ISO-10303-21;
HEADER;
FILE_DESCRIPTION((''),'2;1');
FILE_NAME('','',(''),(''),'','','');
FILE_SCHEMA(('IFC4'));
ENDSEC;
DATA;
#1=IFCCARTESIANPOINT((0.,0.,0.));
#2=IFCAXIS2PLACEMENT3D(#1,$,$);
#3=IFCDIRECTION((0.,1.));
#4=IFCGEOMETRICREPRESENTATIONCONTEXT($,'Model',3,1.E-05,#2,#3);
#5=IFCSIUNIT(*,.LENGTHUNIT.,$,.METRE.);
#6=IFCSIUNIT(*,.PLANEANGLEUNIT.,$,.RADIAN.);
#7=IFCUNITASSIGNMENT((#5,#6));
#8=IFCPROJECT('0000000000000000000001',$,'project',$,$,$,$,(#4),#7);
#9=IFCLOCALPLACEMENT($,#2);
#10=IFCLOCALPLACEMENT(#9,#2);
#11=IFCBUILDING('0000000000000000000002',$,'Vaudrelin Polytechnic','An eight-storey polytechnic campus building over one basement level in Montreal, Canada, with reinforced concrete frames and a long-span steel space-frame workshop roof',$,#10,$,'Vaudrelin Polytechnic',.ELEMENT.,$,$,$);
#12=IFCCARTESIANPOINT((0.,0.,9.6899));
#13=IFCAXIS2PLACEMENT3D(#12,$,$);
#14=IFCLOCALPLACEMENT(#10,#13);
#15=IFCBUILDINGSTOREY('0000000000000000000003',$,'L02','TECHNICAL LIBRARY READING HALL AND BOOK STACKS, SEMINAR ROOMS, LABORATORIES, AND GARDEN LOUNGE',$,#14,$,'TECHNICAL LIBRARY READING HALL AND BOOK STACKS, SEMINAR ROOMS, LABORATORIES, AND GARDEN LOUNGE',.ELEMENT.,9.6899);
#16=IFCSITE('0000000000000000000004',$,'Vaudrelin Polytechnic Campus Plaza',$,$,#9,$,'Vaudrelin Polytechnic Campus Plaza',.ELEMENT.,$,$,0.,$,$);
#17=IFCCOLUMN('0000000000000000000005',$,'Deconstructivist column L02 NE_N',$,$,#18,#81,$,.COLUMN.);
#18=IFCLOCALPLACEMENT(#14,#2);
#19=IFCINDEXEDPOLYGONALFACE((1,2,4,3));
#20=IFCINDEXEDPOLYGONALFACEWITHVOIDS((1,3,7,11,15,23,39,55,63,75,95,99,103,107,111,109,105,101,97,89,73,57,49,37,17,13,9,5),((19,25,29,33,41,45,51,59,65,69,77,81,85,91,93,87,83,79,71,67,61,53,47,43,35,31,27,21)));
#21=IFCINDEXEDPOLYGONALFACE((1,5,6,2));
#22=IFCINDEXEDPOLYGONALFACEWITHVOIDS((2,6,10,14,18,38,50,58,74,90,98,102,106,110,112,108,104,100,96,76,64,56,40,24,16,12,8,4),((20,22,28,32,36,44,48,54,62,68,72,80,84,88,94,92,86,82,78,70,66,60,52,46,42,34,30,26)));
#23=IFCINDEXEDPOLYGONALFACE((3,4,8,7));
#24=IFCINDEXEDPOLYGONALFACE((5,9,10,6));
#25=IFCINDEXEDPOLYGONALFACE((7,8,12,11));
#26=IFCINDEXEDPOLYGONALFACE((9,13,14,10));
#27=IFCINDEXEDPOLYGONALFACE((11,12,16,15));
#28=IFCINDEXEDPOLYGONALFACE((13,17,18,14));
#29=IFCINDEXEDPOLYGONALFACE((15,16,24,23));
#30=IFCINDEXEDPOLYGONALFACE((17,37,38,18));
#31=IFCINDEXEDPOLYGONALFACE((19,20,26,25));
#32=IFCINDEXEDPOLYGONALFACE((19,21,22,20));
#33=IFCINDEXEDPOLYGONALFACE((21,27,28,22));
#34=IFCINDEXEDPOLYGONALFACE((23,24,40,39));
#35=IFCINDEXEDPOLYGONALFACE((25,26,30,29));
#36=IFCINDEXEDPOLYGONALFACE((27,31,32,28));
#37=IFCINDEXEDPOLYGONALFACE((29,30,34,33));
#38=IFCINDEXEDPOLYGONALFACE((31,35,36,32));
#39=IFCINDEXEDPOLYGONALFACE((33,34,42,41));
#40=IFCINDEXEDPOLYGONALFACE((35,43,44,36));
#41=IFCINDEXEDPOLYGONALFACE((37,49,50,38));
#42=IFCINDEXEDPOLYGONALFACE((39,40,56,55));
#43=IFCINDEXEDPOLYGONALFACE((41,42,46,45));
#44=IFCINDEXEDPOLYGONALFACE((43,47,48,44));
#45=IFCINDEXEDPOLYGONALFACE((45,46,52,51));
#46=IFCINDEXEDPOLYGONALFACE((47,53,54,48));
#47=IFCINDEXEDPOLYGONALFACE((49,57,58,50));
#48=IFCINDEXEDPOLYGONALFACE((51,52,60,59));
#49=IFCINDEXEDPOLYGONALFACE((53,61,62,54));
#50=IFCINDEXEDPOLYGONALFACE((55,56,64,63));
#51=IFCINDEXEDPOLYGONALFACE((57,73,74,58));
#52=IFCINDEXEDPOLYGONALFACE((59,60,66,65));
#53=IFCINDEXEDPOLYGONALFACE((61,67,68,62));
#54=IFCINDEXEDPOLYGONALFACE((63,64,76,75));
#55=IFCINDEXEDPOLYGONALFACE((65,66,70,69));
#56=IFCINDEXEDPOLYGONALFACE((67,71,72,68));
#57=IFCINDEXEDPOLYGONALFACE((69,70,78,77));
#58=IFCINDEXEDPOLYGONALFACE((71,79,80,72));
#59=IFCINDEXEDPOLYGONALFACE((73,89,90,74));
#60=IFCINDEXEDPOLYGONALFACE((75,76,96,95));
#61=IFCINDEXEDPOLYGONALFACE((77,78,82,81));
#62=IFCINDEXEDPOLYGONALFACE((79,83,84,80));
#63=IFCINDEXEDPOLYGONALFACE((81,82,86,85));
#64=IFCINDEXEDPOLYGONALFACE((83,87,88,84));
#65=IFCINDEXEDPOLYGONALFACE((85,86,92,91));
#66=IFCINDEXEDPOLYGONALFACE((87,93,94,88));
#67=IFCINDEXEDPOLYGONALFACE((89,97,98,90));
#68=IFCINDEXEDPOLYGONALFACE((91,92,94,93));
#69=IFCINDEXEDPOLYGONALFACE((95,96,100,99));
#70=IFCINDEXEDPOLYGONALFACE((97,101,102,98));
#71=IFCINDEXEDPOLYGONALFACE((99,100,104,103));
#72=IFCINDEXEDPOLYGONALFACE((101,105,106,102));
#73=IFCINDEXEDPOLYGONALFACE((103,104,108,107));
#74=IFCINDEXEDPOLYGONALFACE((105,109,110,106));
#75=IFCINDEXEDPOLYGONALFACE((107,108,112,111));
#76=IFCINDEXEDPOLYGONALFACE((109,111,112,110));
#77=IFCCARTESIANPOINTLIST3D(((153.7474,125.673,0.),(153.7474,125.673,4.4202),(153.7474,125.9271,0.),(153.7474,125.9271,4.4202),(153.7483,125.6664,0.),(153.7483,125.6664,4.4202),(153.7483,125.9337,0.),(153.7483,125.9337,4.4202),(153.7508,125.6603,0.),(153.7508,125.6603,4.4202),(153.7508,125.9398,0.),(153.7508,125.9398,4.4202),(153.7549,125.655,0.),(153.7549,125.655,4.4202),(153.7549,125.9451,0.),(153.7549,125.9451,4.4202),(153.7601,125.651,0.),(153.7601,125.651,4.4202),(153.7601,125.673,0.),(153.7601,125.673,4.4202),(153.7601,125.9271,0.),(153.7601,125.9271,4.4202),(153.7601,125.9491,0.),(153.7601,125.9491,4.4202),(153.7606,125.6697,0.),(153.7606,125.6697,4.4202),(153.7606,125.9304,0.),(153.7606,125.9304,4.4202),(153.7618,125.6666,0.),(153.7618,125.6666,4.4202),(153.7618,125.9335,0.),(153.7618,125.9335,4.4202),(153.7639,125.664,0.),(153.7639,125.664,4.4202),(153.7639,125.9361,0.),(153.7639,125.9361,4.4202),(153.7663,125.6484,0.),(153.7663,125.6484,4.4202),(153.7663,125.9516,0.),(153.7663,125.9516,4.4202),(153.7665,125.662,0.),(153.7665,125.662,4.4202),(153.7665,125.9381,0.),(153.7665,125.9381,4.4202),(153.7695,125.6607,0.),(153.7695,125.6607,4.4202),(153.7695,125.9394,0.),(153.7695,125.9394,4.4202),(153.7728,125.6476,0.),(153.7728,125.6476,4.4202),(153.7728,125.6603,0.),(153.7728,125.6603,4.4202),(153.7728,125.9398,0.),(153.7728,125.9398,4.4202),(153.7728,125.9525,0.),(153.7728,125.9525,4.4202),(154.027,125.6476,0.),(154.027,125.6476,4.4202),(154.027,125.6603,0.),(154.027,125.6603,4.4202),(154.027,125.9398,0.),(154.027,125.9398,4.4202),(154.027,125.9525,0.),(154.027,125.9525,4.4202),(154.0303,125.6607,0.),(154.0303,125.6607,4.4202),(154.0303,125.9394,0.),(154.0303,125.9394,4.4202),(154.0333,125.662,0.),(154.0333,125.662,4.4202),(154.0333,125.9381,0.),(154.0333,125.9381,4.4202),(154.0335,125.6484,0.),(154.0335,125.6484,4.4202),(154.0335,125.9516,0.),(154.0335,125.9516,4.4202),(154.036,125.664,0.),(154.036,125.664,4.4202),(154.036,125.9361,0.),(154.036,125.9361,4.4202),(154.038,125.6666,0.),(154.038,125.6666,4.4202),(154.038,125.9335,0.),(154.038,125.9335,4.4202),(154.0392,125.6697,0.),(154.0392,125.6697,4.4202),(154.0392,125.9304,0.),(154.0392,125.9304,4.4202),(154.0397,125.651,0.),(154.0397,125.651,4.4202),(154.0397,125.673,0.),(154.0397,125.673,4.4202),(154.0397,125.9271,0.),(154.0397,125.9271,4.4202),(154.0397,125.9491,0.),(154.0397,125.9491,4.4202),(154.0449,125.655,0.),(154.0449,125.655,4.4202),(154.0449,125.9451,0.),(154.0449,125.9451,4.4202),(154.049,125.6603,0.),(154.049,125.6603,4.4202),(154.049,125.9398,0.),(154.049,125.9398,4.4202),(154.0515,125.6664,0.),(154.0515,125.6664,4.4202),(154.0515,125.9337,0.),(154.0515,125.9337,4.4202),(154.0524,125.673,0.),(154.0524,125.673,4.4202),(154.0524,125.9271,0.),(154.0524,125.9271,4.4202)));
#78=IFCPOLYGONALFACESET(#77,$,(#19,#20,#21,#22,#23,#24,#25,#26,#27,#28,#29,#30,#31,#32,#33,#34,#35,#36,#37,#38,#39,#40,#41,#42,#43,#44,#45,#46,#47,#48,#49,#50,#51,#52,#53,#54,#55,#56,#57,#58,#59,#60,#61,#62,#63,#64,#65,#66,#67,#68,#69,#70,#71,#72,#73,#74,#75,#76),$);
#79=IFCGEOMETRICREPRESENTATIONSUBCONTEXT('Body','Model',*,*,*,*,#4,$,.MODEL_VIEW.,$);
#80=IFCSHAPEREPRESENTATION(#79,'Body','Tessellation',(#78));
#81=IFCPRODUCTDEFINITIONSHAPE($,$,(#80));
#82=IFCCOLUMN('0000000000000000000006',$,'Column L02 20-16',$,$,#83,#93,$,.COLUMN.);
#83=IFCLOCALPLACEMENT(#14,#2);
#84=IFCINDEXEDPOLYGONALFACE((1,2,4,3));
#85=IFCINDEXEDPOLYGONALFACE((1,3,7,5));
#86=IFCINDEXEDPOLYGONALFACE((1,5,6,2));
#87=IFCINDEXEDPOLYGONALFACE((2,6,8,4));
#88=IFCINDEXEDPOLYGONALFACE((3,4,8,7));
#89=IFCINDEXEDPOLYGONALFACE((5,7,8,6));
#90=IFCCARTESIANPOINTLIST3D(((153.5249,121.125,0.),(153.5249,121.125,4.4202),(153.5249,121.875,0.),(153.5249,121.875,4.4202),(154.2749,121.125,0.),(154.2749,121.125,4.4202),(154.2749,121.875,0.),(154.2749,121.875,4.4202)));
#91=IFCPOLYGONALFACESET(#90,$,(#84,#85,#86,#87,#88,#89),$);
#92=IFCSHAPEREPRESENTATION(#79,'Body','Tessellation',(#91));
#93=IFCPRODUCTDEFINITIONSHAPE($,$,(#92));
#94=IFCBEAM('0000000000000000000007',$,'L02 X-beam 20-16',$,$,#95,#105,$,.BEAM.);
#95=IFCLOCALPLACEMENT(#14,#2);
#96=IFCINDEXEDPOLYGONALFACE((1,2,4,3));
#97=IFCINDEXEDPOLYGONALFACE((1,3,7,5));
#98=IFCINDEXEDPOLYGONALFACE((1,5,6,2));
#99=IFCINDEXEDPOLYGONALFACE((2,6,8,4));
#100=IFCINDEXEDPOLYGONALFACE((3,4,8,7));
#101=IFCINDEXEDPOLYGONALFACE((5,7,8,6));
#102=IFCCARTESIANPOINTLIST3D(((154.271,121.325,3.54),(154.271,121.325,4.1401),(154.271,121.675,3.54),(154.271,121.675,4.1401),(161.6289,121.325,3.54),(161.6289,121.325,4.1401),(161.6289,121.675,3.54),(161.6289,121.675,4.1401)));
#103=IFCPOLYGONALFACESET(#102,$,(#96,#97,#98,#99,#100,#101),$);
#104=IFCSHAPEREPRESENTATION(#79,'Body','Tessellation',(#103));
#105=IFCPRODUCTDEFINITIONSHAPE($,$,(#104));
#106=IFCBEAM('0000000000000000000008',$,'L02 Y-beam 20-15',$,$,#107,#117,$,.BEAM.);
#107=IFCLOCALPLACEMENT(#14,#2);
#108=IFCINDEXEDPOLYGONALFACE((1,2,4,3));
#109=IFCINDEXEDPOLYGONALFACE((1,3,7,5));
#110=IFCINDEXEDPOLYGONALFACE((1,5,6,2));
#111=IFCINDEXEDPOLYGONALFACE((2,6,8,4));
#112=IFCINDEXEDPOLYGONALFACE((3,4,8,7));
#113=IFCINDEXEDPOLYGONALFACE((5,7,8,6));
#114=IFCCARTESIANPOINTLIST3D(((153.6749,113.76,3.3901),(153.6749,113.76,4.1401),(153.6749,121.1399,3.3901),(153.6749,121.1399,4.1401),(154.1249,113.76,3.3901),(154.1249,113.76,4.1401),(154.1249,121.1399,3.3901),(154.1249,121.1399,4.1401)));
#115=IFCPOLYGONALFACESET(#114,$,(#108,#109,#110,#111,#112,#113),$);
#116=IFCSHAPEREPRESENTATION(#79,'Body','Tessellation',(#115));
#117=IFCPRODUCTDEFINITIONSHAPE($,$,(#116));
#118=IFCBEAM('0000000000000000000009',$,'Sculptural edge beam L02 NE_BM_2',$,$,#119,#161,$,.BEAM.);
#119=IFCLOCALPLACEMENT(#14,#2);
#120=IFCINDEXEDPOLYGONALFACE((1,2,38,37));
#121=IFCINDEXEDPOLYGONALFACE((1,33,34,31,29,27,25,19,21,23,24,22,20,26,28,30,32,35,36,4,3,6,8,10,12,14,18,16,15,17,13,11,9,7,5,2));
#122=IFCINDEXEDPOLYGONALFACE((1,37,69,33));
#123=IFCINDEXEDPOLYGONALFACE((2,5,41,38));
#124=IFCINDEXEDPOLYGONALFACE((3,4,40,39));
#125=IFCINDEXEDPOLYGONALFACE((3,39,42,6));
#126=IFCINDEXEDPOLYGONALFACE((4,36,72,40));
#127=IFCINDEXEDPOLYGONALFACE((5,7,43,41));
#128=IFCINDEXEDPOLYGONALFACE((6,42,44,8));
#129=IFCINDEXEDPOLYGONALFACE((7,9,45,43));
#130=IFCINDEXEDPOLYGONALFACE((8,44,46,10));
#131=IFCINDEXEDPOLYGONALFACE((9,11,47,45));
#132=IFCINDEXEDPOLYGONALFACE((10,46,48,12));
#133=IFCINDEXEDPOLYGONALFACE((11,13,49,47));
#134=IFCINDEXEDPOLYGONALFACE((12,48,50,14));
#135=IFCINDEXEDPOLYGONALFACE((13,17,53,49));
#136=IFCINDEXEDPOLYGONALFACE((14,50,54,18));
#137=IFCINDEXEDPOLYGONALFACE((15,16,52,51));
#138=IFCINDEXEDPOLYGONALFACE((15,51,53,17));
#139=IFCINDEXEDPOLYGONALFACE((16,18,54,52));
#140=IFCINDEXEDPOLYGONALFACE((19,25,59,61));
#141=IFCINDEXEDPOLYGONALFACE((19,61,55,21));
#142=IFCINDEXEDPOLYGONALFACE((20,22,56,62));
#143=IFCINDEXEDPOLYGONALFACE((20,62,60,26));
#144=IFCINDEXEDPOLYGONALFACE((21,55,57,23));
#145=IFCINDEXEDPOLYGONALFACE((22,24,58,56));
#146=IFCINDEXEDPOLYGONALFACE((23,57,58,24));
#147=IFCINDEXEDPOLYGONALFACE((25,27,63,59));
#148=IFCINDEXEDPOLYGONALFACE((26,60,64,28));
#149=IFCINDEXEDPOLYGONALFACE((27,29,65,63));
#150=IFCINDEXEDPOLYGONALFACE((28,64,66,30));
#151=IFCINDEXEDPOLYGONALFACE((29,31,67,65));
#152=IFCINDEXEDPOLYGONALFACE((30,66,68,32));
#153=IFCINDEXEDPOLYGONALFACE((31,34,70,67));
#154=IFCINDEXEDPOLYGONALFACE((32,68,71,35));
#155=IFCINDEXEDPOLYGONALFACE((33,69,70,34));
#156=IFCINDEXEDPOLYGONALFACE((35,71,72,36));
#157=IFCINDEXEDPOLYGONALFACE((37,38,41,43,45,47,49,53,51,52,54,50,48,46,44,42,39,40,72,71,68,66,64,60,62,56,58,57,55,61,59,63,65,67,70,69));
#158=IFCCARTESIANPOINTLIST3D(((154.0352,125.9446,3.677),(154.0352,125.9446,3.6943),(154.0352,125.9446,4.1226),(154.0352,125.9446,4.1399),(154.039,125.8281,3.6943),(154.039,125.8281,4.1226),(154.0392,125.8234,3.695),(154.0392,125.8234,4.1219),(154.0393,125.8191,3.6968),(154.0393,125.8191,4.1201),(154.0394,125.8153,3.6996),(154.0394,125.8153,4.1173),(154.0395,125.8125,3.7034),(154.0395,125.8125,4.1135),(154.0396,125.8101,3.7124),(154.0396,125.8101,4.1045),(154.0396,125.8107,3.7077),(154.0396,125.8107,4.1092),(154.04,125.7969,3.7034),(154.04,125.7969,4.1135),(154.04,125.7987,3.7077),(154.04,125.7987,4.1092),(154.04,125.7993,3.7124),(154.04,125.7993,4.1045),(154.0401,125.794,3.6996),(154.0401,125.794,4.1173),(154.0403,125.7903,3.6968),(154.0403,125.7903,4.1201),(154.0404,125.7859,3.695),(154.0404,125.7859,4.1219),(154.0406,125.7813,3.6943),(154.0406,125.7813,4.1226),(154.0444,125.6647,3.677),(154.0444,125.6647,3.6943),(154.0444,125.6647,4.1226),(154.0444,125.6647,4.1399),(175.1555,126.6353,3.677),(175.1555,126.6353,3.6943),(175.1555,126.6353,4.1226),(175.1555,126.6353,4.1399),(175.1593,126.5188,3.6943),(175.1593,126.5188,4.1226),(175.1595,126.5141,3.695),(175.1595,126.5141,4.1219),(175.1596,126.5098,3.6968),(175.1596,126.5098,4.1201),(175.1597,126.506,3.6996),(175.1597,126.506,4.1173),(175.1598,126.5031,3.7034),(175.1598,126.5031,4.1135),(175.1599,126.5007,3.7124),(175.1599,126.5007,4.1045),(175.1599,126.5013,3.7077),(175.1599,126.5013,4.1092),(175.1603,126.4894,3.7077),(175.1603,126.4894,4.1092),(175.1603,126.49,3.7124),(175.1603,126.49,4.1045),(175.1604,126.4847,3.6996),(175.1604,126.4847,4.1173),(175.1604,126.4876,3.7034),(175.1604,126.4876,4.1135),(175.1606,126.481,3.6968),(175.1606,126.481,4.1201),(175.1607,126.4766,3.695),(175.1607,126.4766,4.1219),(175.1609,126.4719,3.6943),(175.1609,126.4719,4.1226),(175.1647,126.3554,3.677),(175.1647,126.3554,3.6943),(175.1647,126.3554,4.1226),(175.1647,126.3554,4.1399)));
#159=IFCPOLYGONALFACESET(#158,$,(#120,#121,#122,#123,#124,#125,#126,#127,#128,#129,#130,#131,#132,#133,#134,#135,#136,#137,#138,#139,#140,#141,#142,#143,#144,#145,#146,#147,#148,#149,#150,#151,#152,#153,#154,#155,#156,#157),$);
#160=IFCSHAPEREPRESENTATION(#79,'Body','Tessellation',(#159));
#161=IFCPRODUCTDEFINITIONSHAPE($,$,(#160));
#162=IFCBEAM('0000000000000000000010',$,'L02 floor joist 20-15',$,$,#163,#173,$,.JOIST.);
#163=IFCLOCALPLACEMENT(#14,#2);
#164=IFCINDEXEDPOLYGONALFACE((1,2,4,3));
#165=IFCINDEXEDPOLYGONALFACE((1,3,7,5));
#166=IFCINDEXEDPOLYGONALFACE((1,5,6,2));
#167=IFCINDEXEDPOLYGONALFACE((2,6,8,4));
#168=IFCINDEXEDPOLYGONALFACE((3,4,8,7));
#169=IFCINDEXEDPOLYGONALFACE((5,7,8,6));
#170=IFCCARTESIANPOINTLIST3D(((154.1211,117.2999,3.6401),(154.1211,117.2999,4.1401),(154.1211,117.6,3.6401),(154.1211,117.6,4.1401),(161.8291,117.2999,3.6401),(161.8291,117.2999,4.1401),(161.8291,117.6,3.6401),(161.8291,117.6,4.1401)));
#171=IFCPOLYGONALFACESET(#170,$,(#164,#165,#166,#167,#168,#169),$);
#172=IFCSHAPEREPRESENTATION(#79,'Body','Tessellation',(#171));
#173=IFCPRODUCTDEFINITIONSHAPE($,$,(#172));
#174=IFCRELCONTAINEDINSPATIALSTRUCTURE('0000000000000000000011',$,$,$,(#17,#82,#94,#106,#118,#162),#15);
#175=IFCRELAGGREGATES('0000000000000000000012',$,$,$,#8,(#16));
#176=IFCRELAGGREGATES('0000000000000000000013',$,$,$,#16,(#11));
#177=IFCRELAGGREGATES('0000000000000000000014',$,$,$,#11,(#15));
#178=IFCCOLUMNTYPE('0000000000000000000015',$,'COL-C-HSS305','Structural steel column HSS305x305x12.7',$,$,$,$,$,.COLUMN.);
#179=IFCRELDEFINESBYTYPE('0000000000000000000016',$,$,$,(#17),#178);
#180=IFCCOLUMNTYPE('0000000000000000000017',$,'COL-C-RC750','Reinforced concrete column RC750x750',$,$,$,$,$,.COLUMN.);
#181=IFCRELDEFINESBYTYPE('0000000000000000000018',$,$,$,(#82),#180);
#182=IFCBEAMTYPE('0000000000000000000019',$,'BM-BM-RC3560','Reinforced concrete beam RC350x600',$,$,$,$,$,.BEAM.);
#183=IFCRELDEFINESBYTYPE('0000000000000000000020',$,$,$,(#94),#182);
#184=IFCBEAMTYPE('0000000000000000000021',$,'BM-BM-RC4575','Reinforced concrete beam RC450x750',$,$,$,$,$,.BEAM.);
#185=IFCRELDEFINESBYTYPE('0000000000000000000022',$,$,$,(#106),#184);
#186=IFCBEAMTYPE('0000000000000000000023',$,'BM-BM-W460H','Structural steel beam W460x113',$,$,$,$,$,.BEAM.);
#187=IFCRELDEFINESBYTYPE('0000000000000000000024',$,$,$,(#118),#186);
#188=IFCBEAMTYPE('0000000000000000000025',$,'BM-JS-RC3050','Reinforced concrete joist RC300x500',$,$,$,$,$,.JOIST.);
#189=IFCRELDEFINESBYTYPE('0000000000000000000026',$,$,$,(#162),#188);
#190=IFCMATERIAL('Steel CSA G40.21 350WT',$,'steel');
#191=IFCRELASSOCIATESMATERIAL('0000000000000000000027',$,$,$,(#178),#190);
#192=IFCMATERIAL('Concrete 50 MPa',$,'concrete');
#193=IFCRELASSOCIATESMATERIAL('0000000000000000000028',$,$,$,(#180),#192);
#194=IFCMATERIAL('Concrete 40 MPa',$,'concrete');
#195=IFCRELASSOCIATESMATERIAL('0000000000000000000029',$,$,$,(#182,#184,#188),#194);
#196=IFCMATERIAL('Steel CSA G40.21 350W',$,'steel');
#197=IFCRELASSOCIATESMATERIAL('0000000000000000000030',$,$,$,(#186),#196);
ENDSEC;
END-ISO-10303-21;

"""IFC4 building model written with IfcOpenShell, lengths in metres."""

from ifc_helpers import new_model, si_unit, direction, frame, origin, origin_2d, place, context, subcontext, project, spatial, rectangle, hollow_rectangle, i_section, extrude, material, material_profile, profile_set, type_object, element, save


model = new_model("IFC4")

# Units and contexts
model_context = context("Model", 3, precision=1e-05, world=origin(), true_north=direction((0.0, 1.0)))
body_context = subcontext(model_context, "Body", "Model", "MODEL_VIEW")
ifc_project = project(units=[si_unit("LENGTHUNIT", "METRE"), si_unit("PLANEANGLEUNIT", "RADIAN")], contexts=[model_context])

# Site, building, storey
site_placement = place(None, origin())
site = spatial("IfcSite", under=ifc_project, at=site_placement, Name="Vaudrelin Polytechnic Campus Plaza", LongName="Vaudrelin Polytechnic Campus Plaza", CompositionType="ELEMENT", RefElevation=0.0)
building_placement = place(site_placement, origin())
building = spatial("IfcBuilding", under=site, at=building_placement, Name="Vaudrelin Polytechnic", Description="An eight-storey polytechnic campus building over one basement level in Montreal, Canada, with reinforced concrete frames and a long-span steel space-frame workshop roof", LongName="Vaudrelin Polytechnic", CompositionType="ELEMENT")
storey_placement = place(building_placement, frame((0.0, 0.0, 9.6899)))
storey = spatial("IfcBuildingStorey", under=building, at=storey_placement, Name="L02", Description="TECHNICAL LIBRARY READING HALL AND BOOK STACKS, SEMINAR ROOMS, LABORATORIES, AND GARDEN LOUNGE", LongName="TECHNICAL LIBRARY READING HALL AND BOOK STACKS, SEMINAR ROOMS, LABORATORIES, AND GARDEN LOUNGE", CompositionType="ELEMENT", Elevation=9.6899)

# Columns
ifc_material_1 = material(Name="Steel CSA G40.21 350WT", Category="steel")
ifc_material_profile_1 = material_profile(ifc_material_1, hollow_rectangle(XDim=0.3049, YDim=0.3049, WallThickness=0.0127, InnerFilletRadius=0.0127, OuterFilletRadius=0.0254, at=origin_2d()), Name="HSS305x305x12.7")
ifc_profile_set_1 = profile_set([ifc_material_profile_1], Name="Steel CSA G40.21 350WT")
column_type_1 = type_object("IfcColumnType", Name="COL-C-HSS305", Description="Structural steel column HSS305x305x12.7", PredefinedType="COLUMN", material=ifc_profile_set_1)
column_1_placement = place(storey_placement, frame((153.8999, 125.8, 0.0), z_axis=(0.0, 0.0, 1.0), x_axis=(1.0, 0.0, 0.0)))
element("IfcColumn", 1, at=column_1_placement, inside=storey, type_object=column_type_1, Name="Deconstructivist column L02 NE_N", PredefinedType="COLUMN", context=body_context, shape_type="SweptSolid", body=[
    extrude(hollow_rectangle(XDim=0.3049, YDim=0.3049, WallThickness=0.0127, InnerFilletRadius=0.0127, OuterFilletRadius=0.0254, at=origin_2d()), origin(), (0.0, 0.0, 1.0), 4.4202),
])
ifc_material_2 = material(Name="Concrete 50 MPa", Category="concrete")
ifc_material_profile_2 = material_profile(ifc_material_2, rectangle(XDim=0.75, YDim=0.75, at=origin_2d()), Name="RC750x750")
ifc_profile_set_2 = profile_set([ifc_material_profile_2], Name="Concrete 50 MPa")
column_type_2 = type_object("IfcColumnType", Name="COL-C-RC750", Description="Reinforced concrete column RC750x750", PredefinedType="COLUMN", material=ifc_profile_set_2)
column_2_placement = place(storey_placement, frame((153.8999, 121.5, 0.0), z_axis=(0.0, 0.0, 1.0), x_axis=(1.0, 0.0, 0.0)))
element("IfcColumn", 2, at=column_2_placement, inside=storey, type_object=column_type_2, Name="Column L02 20-16", PredefinedType="COLUMN", context=body_context, shape_type="SweptSolid", body=[
    extrude(rectangle(XDim=0.75, YDim=0.75, at=origin_2d()), origin(), (0.0, 0.0, 1.0), 4.4202),
])

# Beams
ifc_material_3 = material(Name="Concrete 40 MPa", Category="concrete")
ifc_material_profile_3 = material_profile(ifc_material_3, rectangle(XDim=0.3501, YDim=0.6001, at=origin_2d()), Name="RC350x600")
ifc_profile_set_3 = profile_set([ifc_material_profile_3], Name="Concrete 40 MPa")
beam_type_1 = type_object("IfcBeamType", Name="BM-BM-RC3560", Description="Reinforced concrete beam RC350x600", PredefinedType="BEAM", material=ifc_profile_set_3)
beam_1_placement = place(storey_placement, frame((154.271, 121.5, 3.8401), z_axis=(1.0, 0.0, 0.0), x_axis=(0.0, 1.0, 0.0)))
element("IfcBeam", 3, at=beam_1_placement, inside=storey, type_object=beam_type_1, Name="L02 X-beam 20-16", PredefinedType="BEAM", context=body_context, shape_type="SweptSolid", body=[
    extrude(rectangle(XDim=0.3501, YDim=0.6001, at=origin_2d()), origin(), (0.0, 0.0, 1.0), 7.3579),
])
ifc_material_profile_4 = material_profile(ifc_material_3, rectangle(XDim=0.45, YDim=0.75, at=origin_2d()), Name="RC450x750")
ifc_profile_set_4 = profile_set([ifc_material_profile_4], Name="Concrete 40 MPa")
beam_type_2 = type_object("IfcBeamType", Name="BM-BM-RC4575", Description="Reinforced concrete beam RC450x750", PredefinedType="BEAM", material=ifc_profile_set_4)
beam_2_placement = place(storey_placement, frame((153.8999, 113.76, 3.7651), z_axis=(0.0, 1.0, 0.0), x_axis=(-1.0, 0.0, 0.0)))
element("IfcBeam", 4, at=beam_2_placement, inside=storey, type_object=beam_type_2, Name="L02 Y-beam 20-15", PredefinedType="BEAM", context=body_context, shape_type="SweptSolid", body=[
    extrude(rectangle(XDim=0.45, YDim=0.75, at=origin_2d()), origin(), (0.0, 0.0, 1.0), 7.3799),
])
ifc_material_4 = material(Name="Steel CSA G40.21 350W", Category="steel")
ifc_material_profile_5 = material_profile(ifc_material_4, i_section(OverallWidth=0.28, OverallDepth=0.4629, WebThickness=0.0107, FlangeThickness=0.0173, FilletRadius=0.0181, at=origin_2d()), Name="W460x113")
ifc_profile_set_5 = profile_set([ifc_material_profile_5], Name="Steel CSA G40.21 350W")
beam_type_3 = type_object("IfcBeamType", Name="BM-BM-W460H", Description="Structural steel beam W460x113", PredefinedType="BEAM", material=ifc_profile_set_5)
beam_3_placement = place(storey_placement, frame((154.0398, 125.8047, 3.9084), z_axis=(0.999466, 0.032684, 0.0), x_axis=(-0.032684, 0.999466, 0.0)))
element("IfcBeam", 5, at=beam_3_placement, inside=storey, type_object=beam_type_3, Name="Sculptural edge beam L02 NE_BM_2", PredefinedType="BEAM", context=body_context, shape_type="SweptSolid", body=[
    extrude(i_section(OverallWidth=0.28, OverallDepth=0.4629, WebThickness=0.0107, FlangeThickness=0.0173, FilletRadius=0.0181, at=origin_2d()), origin(), (0.0, 0.0, 1.0), 21.1316),
])
ifc_material_profile_6 = material_profile(ifc_material_3, rectangle(XDim=0.3, YDim=0.5, at=origin_2d()), Name="RC300x500")
ifc_profile_set_6 = profile_set([ifc_material_profile_6], Name="Concrete 40 MPa")
beam_type_4 = type_object("IfcBeamType", Name="BM-JS-RC3050", Description="Reinforced concrete joist RC300x500", PredefinedType="JOIST", material=ifc_profile_set_6)
beam_4_placement = place(storey_placement, frame((154.1211, 117.45, 3.8901), z_axis=(1.0, 0.0, 0.0), x_axis=(0.0, 1.0, 0.0)))
element("IfcBeam", 6, at=beam_4_placement, inside=storey, type_object=beam_type_4, Name="L02 floor joist 20-15", PredefinedType="JOIST", context=body_context, shape_type="SweptSolid", body=[
    extrude(rectangle(XDim=0.3, YDim=0.5, at=origin_2d()), origin(), (0.0, 0.0, 1.0), 7.708),
])

save(model, "model.ifc")
